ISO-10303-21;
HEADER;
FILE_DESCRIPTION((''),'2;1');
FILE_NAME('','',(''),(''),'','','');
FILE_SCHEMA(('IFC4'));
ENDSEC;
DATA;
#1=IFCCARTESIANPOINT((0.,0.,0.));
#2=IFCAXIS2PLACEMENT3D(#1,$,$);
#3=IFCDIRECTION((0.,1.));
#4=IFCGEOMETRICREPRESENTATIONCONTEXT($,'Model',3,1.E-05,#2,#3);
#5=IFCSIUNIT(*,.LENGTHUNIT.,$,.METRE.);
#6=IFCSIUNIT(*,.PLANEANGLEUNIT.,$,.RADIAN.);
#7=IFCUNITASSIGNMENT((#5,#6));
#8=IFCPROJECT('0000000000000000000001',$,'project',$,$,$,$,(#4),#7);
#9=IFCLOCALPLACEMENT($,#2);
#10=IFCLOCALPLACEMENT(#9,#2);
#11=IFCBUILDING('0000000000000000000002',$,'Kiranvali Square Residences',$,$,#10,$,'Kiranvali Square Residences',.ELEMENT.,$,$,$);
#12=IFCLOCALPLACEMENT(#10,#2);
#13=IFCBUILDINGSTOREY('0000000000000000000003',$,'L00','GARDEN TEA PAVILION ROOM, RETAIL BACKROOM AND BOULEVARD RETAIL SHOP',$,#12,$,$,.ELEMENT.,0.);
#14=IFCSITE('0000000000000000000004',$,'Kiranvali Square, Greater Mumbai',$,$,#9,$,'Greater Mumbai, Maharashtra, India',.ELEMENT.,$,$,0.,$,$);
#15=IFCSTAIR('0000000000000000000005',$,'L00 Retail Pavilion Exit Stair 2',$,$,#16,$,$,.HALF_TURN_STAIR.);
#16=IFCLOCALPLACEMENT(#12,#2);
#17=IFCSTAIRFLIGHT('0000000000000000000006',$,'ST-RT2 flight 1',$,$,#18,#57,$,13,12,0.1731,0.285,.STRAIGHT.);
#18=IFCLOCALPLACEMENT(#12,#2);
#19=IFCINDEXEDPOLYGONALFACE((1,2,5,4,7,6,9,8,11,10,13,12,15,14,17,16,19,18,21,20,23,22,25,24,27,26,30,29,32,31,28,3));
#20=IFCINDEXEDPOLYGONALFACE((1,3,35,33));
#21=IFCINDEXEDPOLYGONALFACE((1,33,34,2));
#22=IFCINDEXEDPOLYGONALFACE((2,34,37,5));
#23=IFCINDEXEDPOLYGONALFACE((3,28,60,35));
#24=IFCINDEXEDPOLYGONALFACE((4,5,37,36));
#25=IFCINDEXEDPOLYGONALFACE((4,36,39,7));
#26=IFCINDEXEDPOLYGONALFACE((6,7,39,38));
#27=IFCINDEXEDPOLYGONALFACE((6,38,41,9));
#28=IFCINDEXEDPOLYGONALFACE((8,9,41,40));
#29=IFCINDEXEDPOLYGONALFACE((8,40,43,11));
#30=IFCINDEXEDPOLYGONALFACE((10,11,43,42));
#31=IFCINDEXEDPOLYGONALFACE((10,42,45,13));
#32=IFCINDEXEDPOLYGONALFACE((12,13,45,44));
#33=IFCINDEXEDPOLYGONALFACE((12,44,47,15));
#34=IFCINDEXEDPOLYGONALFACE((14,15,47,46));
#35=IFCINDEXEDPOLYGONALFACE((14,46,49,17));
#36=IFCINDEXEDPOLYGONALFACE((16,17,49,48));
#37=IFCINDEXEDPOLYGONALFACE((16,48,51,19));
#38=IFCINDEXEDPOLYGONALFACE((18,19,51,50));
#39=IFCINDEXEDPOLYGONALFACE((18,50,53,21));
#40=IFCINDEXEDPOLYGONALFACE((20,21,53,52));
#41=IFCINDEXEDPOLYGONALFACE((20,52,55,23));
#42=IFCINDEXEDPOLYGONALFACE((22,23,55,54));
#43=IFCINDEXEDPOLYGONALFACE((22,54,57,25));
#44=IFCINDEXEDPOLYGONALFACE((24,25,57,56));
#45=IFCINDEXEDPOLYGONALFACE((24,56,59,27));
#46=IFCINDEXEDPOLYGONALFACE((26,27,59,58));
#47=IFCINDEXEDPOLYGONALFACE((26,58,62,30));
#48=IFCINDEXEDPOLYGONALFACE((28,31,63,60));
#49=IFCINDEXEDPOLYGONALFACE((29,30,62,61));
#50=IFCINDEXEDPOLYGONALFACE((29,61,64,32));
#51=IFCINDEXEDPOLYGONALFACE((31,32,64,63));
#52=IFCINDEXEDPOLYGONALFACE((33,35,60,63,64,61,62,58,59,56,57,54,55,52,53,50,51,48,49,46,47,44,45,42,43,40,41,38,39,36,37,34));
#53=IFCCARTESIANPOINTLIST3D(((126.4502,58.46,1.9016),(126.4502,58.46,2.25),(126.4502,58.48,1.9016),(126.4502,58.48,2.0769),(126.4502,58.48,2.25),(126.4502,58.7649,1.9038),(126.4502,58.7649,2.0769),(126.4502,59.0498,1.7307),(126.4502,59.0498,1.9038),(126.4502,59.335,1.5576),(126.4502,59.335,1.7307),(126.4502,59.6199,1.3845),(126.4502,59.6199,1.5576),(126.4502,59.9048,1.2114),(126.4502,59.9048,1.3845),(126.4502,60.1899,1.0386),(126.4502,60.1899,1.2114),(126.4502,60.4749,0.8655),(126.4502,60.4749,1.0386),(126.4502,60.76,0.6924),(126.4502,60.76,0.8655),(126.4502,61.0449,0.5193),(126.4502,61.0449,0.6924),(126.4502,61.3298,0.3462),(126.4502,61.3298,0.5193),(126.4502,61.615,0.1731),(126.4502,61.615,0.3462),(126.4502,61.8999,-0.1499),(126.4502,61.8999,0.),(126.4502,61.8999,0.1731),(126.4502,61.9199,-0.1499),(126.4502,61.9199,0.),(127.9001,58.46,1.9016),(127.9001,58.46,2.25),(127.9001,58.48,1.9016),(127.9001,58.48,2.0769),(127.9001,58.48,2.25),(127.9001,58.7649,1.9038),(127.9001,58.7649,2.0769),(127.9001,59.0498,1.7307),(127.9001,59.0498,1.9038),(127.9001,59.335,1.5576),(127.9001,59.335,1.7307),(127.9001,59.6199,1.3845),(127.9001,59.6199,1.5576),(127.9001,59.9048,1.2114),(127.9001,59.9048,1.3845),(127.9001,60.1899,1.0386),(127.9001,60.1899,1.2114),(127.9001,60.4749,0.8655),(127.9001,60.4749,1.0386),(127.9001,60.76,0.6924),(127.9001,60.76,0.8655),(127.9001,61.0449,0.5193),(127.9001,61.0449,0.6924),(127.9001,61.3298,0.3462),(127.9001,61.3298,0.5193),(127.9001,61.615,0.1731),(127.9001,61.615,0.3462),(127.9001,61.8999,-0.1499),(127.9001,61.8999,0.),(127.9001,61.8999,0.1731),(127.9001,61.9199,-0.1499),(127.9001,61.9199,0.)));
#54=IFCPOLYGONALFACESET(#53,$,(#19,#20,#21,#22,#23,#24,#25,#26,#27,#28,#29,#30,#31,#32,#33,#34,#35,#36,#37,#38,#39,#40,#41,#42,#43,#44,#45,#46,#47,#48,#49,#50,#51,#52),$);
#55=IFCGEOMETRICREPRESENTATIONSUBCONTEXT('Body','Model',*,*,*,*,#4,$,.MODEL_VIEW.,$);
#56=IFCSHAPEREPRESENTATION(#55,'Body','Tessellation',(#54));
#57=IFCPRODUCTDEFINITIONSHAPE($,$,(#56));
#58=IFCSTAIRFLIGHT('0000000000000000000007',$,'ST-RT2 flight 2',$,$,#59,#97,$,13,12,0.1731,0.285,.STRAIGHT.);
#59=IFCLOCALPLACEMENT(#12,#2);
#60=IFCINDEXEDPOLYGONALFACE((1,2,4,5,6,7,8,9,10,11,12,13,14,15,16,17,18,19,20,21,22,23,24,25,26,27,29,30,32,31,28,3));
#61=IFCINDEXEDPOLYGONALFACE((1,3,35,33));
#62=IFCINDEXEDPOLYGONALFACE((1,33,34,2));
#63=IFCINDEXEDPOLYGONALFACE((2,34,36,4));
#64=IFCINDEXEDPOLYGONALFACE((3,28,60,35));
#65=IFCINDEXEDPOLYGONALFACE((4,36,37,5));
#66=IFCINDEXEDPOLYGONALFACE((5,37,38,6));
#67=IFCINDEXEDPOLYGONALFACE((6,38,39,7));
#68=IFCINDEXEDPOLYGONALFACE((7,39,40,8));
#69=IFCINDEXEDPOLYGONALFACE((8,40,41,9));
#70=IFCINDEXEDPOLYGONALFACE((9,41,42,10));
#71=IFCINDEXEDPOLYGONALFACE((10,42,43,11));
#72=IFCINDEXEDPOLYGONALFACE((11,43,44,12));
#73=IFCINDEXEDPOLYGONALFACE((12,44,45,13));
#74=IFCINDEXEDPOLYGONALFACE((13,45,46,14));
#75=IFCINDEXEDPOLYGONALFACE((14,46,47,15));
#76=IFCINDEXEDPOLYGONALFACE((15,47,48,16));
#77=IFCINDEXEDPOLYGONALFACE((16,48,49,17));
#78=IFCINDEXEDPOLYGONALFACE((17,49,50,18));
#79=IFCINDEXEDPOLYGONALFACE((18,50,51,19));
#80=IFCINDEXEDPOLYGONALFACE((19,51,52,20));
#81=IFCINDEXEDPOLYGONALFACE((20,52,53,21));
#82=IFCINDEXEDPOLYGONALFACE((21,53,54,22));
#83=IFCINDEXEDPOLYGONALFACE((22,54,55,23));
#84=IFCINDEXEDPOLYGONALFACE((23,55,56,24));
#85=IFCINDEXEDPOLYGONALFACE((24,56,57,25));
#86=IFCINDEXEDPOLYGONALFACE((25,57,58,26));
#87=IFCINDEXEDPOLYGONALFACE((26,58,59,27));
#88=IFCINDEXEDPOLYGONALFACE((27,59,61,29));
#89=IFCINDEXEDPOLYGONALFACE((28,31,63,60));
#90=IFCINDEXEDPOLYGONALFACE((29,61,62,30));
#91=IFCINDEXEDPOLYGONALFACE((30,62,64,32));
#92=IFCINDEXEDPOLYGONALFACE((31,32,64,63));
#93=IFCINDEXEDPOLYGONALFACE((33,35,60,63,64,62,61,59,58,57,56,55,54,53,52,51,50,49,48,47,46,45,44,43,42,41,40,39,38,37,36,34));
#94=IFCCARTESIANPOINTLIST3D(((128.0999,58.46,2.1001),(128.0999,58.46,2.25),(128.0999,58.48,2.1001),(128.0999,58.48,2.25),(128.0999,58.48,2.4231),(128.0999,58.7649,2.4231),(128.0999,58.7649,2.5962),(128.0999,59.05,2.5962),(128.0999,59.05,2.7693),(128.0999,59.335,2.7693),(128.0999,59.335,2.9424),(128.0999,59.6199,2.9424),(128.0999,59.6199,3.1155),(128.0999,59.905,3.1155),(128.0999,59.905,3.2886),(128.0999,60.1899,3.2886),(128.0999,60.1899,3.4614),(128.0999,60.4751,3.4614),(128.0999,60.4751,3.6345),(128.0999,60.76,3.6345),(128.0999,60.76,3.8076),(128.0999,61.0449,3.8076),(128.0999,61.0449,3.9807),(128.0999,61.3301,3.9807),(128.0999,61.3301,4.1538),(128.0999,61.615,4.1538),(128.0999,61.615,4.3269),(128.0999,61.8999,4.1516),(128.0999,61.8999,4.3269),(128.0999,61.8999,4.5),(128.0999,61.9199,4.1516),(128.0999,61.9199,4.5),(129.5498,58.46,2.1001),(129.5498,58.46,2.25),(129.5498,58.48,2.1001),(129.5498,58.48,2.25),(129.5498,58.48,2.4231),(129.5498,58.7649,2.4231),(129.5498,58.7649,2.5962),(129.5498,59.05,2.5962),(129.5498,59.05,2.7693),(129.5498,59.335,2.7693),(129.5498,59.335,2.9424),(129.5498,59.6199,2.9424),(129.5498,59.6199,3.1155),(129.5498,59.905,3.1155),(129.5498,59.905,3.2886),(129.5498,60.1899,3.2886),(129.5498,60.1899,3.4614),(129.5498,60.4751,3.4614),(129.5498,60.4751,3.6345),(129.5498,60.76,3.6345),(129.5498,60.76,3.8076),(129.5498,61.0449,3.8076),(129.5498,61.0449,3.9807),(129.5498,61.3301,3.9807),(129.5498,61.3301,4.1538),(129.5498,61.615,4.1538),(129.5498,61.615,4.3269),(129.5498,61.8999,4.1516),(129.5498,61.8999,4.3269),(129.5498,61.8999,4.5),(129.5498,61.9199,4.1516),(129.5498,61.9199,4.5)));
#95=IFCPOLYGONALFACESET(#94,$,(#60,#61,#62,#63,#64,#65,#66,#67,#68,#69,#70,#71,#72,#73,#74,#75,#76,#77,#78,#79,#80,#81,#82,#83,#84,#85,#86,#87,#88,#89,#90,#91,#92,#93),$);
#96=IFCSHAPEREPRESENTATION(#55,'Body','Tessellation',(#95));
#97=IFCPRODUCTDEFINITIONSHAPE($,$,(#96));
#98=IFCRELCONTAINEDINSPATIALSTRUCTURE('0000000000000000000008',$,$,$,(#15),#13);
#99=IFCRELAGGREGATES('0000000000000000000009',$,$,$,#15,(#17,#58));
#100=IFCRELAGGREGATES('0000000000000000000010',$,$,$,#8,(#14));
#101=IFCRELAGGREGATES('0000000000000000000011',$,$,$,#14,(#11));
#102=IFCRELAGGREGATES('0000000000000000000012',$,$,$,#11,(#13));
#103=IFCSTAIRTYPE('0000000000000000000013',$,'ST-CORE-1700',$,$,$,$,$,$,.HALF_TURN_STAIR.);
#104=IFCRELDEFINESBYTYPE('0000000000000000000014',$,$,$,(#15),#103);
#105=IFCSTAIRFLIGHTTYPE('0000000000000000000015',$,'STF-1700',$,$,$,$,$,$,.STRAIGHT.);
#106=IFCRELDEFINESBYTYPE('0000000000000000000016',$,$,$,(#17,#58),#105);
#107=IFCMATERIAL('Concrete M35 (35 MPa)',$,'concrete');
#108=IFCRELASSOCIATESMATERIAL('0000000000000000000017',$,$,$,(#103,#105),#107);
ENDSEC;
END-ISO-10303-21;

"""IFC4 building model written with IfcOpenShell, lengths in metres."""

from ifc_helpers import new_model, si_unit, direction, frame, origin, place, context, subcontext, project, spatial, polyline, outline, extrude, material, type_object, element, aggregate, save


model = new_model("IFC4")

# Units and contexts
model_context = context("Model", 3, precision=1e-05, world=origin(), true_north=direction((0.0, 1.0)))
body_context = subcontext(model_context, "Body", "Model", "MODEL_VIEW")
ifc_project = project(units=[si_unit("LENGTHUNIT", "METRE"), si_unit("PLANEANGLEUNIT", "RADIAN")], contexts=[model_context])

# Site, building, storey
site_placement = place(None, origin())
site = spatial("IfcSite", under=ifc_project, at=site_placement, Name="Kiranvali Square, Greater Mumbai", LongName="Greater Mumbai, Maharashtra, India", CompositionType="ELEMENT", RefElevation=0.0)
building_placement = place(site_placement, origin())
building = spatial("IfcBuilding", under=site, at=building_placement, Name="Kiranvali Square Residences", LongName="Kiranvali Square Residences", CompositionType="ELEMENT")
storey_placement = place(building_placement, origin())
storey = spatial("IfcBuildingStorey", under=building, at=storey_placement, Name="L00", Description="GARDEN TEA PAVILION ROOM, RETAIL BACKROOM AND BOULEVARD RETAIL SHOP", CompositionType="ELEMENT", Elevation=0.0)

# Stair, stair flights
ifc_material_1 = material(Name="Concrete M35 (35 MPa)", Category="concrete")
stair_type = type_object("IfcStairType", Name="ST-CORE-1700", PredefinedType="HALF_TURN_STAIR", material=ifc_material_1)
stair_placement = place(storey_placement, origin())
stair = element("IfcStair", 1, at=stair_placement, inside=storey, type_object=stair_type, Name="L00 Retail Pavilion Exit Stair 2", PredefinedType="HALF_TURN_STAIR")
stair_flight_type = type_object("IfcStairFlightType", Name="STF-1700", PredefinedType="STRAIGHT", material=ifc_material_1)
stair_flight_1_placement = place(storey_placement, frame((127.175, 61.8999, 0.0), z_axis=(0.0, 0.0, 1.0), x_axis=(0.0, -1.0, 0.0)))
stair_flight_1 = element("IfcStairFlight", 2, at=stair_flight_1_placement, type_object=stair_flight_type, Name="ST-RT2 flight 1", NumberOfRisers=13, NumberOfTreads=12, PredefinedType="STRAIGHT", RiserHeight=0.1731, TreadLength=0.285, context=body_context, shape_type="SweptSolid", body=[
    extrude(outline(polyline([(-0.02, -0.1499), (-0.02, 0.0), (0.0, 0.0), (0.0, 0.1731), (0.2849, 0.1731), (0.2849, 0.3462), (0.5701, 0.3462), (0.5701, 0.5193), (0.855, 0.5193), (0.855, 0.6924), (1.1399, 0.6924), (1.1399, 0.8655), (1.425, 0.8655), (1.425, 1.0386), (1.71, 1.0386), (1.71, 1.2114), (1.9951, 1.2114), (1.9951, 1.3845), (2.28, 1.3845), (2.28, 1.5576), (2.5649, 1.5576), (2.5649, 1.7307), (2.8501, 1.7307), (2.8501, 1.9038), (3.135, 1.9038), (3.135, 2.0769), (3.4199, 2.0769), (3.4199, 2.25), (3.4399, 2.25), (3.4399, 1.9016), (3.4199, 1.9016), (0.0, -0.1499), (-0.02, -0.1499)])), frame((0.0, 0.7251, 0.0), z_axis=(0.0, -1.0, 0.0), x_axis=(1.0, 0.0, 0.0)), (0.0, 0.0, 1.0), 1.45),
])
stair_flight_2_placement = place(storey_placement, frame((128.825, 58.48, 2.25), z_axis=(0.0, 0.0, 1.0), x_axis=(0.0, 1.0, 0.0)))
stair_flight_2 = element("IfcStairFlight", 3, at=stair_flight_2_placement, type_object=stair_flight_type, Name="ST-RT2 flight 2", NumberOfRisers=13, NumberOfTreads=12, PredefinedType="STRAIGHT", RiserHeight=0.1731, TreadLength=0.285, context=body_context, shape_type="SweptSolid", body=[
    extrude(outline(polyline([(-0.02, -0.1499), (-0.02, 0.0), (0.0, 0.0), (0.0, 0.1731), (0.2849, 0.1731), (0.2849, 0.3462), (0.5701, 0.3462), (0.5701, 0.5193), (0.855, 0.5193), (0.855, 0.6924), (1.1399, 0.6924), (1.1399, 0.8655), (1.425, 0.8655), (1.425, 1.0386), (1.71, 1.0386), (1.71, 1.2114), (1.9951, 1.2114), (1.9951, 1.3845), (2.28, 1.3845), (2.28, 1.5576), (2.5649, 1.5576), (2.5649, 1.7307), (2.8501, 1.7307), (2.8501, 1.9038), (3.135, 1.9038), (3.135, 2.0769), (3.4199, 2.0769), (3.4199, 2.25), (3.4399, 2.25), (3.4399, 1.9016), (3.4199, 1.9016), (0.0, -0.1499), (-0.02, -0.1499)])), frame((0.0, 0.7251, 0.0), z_axis=(0.0, -1.0, 0.0), x_axis=(1.0, 0.0, 0.0)), (0.0, 0.0, 1.0), 1.45),
])
aggregate(stair, [stair_flight_1, stair_flight_2])

save(model, "model.ifc")
